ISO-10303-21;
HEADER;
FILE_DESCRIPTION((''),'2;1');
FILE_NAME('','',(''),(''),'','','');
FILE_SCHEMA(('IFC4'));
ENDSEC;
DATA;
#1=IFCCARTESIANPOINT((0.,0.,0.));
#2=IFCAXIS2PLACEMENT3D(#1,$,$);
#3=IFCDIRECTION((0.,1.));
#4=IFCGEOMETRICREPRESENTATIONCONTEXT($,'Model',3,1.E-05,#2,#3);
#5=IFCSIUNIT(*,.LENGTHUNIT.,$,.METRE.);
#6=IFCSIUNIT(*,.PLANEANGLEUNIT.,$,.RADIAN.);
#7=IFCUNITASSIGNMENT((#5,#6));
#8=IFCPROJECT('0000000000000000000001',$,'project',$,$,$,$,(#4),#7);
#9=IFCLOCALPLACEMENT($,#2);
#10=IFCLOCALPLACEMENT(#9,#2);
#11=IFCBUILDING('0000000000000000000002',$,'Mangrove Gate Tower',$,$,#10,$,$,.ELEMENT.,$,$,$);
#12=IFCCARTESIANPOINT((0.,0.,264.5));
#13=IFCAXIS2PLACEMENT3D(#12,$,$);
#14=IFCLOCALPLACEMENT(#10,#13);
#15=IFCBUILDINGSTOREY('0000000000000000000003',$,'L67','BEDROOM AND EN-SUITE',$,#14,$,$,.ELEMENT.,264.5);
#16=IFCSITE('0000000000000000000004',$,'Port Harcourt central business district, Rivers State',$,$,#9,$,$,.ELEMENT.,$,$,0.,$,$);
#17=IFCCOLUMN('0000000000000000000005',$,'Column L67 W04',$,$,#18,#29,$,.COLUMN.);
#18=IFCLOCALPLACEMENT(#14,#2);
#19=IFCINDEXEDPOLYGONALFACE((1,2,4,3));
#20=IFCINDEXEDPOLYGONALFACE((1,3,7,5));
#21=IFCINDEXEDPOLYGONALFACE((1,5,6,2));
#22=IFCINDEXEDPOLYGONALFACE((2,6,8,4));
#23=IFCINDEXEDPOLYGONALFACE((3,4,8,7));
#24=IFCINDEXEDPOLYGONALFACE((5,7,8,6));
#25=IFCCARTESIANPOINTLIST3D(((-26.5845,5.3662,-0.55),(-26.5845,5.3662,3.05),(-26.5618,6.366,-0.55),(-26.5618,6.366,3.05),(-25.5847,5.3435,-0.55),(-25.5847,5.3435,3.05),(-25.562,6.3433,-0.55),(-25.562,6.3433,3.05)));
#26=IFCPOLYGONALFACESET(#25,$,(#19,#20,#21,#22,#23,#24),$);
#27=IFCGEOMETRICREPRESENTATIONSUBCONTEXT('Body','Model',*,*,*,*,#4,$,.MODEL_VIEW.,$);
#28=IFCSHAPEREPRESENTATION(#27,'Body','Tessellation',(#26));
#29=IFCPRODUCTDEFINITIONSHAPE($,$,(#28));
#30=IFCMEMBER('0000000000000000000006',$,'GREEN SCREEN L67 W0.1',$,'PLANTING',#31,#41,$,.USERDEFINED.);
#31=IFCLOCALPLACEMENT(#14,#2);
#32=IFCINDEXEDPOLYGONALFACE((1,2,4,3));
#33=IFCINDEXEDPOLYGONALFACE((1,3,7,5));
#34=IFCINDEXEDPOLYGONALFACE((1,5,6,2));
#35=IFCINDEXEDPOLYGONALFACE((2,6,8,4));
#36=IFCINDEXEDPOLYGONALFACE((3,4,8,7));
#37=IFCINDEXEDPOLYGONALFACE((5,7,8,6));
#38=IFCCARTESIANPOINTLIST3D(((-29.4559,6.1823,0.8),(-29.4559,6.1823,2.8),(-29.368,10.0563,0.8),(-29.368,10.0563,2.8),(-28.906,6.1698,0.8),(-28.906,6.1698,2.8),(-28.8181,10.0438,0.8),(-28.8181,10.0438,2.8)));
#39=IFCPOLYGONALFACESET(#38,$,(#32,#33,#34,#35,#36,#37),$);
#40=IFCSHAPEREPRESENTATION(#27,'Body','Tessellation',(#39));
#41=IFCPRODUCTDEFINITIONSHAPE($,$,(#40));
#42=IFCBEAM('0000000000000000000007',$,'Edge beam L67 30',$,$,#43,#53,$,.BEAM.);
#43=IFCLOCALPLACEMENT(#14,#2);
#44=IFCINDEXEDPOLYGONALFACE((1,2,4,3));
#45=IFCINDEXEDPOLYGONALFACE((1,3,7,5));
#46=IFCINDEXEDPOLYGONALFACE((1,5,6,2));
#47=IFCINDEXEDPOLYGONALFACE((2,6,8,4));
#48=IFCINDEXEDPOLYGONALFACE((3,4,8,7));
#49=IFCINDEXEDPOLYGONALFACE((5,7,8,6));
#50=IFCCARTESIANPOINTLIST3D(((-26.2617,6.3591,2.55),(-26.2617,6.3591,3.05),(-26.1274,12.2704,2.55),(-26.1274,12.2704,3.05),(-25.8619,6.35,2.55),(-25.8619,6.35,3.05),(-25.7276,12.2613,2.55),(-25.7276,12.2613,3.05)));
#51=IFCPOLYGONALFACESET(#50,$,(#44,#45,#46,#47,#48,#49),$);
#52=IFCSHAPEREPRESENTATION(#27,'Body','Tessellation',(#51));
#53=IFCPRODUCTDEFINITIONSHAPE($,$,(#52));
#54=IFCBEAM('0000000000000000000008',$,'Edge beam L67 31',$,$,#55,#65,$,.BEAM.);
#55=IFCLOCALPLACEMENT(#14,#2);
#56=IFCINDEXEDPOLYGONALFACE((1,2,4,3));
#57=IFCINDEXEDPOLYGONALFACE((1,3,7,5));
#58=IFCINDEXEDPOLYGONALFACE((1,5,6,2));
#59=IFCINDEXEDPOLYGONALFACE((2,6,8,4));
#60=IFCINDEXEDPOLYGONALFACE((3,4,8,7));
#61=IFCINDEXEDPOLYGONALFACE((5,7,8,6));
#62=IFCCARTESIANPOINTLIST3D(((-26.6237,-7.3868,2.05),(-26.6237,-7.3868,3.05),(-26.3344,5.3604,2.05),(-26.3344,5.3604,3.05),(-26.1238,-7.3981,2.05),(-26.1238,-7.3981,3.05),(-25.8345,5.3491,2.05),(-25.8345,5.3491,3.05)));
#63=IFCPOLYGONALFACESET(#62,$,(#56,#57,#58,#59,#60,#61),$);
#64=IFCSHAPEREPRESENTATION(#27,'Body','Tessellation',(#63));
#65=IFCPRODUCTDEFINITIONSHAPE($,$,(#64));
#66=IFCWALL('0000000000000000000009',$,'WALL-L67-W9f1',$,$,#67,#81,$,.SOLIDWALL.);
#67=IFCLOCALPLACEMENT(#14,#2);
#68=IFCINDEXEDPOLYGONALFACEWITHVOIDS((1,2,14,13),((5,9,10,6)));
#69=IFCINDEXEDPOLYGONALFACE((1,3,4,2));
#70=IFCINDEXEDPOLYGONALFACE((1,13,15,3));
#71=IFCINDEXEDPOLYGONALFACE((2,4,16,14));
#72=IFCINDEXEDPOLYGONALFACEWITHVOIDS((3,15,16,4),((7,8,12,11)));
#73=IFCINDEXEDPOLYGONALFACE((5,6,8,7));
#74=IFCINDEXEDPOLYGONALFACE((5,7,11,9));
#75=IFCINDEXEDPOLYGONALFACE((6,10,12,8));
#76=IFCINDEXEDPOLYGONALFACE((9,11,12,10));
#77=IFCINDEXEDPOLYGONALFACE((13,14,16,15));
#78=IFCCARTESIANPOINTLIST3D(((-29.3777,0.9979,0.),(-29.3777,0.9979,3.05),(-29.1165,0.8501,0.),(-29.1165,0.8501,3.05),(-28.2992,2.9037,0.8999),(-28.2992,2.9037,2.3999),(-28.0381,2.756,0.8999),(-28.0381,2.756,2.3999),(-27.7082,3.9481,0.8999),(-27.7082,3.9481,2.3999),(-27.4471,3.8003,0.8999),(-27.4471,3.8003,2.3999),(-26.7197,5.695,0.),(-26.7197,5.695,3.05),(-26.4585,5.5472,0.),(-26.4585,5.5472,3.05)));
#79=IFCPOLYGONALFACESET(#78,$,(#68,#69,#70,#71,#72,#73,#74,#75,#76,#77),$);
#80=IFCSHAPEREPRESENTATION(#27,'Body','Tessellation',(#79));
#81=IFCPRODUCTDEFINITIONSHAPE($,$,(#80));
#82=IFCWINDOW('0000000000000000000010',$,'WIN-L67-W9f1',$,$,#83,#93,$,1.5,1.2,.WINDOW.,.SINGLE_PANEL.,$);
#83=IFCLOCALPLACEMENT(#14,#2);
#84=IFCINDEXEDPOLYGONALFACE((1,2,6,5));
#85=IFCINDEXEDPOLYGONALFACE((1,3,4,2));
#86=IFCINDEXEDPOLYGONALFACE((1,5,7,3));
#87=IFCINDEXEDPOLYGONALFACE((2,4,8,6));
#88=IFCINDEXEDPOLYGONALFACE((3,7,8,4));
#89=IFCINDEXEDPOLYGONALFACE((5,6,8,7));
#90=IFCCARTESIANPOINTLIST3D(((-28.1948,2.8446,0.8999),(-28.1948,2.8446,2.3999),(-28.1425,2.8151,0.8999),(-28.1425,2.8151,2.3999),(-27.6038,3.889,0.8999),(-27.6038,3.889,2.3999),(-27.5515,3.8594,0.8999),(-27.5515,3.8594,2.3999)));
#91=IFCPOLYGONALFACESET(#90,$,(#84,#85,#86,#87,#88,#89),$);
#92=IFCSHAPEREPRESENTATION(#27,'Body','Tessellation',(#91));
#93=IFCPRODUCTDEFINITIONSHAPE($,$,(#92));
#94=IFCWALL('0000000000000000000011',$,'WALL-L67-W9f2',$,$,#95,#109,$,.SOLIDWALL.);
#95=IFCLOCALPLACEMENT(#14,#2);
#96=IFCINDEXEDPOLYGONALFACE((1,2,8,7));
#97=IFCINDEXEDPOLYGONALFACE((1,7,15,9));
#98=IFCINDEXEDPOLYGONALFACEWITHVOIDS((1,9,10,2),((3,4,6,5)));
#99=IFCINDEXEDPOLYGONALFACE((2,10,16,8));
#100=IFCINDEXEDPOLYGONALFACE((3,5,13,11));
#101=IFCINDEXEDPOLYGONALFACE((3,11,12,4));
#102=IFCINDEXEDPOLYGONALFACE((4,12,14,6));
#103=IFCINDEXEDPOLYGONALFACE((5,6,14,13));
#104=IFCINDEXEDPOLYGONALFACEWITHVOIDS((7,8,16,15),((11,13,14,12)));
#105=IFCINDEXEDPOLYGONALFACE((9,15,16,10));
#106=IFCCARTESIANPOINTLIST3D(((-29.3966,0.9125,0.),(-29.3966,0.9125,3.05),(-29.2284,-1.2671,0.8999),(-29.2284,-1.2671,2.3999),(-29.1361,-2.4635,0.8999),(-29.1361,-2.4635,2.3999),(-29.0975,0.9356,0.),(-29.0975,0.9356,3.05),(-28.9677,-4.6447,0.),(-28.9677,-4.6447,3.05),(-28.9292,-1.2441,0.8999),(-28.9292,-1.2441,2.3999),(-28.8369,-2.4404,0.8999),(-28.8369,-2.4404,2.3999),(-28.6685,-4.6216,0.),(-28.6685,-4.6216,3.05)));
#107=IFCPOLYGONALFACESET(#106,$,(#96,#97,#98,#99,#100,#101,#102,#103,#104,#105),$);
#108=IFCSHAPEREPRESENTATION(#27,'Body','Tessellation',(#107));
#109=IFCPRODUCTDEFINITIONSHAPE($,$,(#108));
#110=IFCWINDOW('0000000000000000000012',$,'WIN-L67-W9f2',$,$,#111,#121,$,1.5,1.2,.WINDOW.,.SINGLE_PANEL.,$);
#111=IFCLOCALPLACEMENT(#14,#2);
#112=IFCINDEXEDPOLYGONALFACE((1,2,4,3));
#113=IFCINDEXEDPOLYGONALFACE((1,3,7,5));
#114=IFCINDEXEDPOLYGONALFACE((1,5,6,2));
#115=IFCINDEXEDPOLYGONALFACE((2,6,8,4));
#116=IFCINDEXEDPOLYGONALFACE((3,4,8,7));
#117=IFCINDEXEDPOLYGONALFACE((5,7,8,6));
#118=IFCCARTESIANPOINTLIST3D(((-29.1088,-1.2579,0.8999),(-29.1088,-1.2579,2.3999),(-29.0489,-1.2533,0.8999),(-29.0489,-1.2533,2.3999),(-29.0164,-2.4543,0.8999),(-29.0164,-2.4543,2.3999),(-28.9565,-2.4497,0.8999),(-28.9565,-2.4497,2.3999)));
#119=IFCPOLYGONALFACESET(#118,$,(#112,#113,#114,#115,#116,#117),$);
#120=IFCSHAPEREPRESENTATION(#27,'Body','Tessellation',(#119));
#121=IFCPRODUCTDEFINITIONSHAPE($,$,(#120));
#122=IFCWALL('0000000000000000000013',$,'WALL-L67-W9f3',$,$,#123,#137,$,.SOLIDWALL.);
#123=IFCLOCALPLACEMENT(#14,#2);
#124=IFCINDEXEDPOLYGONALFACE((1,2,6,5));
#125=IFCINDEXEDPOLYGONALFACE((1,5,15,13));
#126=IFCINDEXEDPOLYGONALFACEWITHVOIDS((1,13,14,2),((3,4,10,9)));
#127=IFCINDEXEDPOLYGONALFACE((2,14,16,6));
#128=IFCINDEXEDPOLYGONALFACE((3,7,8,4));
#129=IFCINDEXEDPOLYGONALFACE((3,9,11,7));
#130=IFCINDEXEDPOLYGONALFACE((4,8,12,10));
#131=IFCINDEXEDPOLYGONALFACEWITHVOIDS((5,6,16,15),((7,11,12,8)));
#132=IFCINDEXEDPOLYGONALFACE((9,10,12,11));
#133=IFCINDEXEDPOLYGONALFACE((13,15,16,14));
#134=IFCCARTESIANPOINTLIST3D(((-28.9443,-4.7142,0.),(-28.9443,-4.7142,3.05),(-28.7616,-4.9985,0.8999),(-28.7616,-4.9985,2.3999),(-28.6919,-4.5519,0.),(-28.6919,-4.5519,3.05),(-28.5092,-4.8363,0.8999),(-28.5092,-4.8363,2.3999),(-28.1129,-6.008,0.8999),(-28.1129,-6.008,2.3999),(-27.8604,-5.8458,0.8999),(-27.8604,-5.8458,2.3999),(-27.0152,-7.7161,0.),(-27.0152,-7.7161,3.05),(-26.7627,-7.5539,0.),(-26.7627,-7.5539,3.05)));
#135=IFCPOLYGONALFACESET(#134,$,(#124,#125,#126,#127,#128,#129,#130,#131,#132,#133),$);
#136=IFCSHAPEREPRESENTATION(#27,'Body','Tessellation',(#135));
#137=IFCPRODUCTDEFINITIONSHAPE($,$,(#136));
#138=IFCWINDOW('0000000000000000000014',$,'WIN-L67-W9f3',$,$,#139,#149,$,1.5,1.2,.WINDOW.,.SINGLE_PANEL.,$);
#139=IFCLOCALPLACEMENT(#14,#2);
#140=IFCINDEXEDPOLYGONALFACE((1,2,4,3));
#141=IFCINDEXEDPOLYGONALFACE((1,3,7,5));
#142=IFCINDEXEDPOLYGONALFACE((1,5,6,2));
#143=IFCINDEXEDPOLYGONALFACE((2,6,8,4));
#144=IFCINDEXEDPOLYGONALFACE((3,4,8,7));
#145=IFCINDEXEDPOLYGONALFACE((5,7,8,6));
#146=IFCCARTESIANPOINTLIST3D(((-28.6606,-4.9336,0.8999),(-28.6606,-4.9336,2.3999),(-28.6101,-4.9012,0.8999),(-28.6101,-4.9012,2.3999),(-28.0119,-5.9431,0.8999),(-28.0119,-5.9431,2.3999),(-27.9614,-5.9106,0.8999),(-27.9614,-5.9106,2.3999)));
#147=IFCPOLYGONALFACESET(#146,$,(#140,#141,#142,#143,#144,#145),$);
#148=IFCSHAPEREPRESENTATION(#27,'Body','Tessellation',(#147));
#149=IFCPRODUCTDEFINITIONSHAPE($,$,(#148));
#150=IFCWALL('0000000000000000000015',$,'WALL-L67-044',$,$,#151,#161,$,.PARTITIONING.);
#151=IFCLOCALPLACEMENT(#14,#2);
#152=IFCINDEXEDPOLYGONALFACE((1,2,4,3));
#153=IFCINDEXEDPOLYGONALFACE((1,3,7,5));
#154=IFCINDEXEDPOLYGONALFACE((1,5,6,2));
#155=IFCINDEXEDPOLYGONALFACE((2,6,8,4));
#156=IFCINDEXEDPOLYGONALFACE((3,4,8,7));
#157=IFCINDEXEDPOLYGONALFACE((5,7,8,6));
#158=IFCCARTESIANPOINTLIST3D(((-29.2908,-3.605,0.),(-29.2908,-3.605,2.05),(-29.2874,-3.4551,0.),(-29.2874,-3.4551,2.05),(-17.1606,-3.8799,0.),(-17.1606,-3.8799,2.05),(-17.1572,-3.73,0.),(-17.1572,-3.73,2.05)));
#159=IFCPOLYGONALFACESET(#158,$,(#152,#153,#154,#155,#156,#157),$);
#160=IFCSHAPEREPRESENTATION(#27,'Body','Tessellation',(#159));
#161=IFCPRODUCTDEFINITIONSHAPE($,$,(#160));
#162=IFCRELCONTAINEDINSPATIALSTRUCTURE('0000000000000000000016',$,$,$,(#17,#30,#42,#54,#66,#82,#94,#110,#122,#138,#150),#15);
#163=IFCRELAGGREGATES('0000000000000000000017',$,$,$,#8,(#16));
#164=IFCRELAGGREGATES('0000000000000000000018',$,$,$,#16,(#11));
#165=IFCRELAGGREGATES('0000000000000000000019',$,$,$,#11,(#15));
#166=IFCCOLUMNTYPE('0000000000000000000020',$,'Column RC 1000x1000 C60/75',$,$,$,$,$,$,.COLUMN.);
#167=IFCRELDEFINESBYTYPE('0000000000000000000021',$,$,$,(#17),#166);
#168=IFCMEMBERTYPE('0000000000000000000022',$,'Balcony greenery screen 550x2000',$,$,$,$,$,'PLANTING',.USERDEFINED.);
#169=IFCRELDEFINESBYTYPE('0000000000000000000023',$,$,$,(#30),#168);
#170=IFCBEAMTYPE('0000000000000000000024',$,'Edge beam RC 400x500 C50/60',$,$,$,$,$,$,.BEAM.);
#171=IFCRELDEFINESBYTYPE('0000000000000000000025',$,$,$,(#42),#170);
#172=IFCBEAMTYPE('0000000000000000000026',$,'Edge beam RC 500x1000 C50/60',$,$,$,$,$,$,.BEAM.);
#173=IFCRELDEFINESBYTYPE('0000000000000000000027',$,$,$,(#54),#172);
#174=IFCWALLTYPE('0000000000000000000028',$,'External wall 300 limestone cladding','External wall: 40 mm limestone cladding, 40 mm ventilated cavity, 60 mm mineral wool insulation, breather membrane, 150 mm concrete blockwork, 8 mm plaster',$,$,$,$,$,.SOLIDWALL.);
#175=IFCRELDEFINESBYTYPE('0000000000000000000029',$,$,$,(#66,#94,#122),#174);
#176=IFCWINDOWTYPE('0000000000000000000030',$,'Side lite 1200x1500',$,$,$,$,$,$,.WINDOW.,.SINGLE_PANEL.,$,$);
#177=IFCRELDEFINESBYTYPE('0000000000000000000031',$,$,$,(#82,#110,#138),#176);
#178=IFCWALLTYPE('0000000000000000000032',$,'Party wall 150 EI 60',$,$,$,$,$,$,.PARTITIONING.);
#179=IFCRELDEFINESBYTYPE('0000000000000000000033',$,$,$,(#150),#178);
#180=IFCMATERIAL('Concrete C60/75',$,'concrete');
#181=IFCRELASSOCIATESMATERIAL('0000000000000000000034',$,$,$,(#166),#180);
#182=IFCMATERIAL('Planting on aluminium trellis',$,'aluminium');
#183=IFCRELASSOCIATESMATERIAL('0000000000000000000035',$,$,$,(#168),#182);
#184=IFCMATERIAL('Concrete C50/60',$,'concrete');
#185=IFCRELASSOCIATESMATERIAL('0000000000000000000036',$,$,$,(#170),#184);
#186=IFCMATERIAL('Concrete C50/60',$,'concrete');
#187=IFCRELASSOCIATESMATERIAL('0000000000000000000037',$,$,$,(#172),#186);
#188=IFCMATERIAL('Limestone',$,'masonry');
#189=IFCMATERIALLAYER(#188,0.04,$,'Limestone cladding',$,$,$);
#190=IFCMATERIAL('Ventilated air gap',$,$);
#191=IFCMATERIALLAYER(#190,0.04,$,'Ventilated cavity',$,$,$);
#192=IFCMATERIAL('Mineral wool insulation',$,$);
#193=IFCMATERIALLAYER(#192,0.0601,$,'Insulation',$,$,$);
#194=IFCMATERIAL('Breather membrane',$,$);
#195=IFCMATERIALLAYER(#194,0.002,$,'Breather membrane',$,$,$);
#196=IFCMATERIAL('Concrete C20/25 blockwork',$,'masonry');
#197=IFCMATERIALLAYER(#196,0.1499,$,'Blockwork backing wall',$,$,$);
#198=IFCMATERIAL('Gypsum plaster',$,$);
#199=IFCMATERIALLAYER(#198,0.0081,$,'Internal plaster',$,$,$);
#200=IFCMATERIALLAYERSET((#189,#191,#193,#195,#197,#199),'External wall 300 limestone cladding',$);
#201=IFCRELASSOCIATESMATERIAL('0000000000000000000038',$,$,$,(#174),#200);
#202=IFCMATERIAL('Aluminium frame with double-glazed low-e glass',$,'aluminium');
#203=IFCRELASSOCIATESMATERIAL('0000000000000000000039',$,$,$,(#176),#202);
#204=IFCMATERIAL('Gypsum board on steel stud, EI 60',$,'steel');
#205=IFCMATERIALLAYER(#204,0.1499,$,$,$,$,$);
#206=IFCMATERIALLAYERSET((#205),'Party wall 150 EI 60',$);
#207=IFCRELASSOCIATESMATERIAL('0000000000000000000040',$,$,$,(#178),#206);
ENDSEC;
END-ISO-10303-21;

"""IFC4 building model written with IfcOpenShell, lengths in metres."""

from ifc_helpers import new_model, si_unit, direction, frame, frame_2d, origin, origin_2d, place, context, subcontext, project, spatial, rectangle, extrude, material, layer, layer_set, material_profile, profile_set, type_object, element, fill, save


model = new_model("IFC4")

# Units and contexts
model_context = context("Model", 3, precision=1e-05, world=origin(), true_north=direction((0.0, 1.0)))
body_context = subcontext(model_context, "Body", "Model", "MODEL_VIEW")
ifc_project = project(units=[si_unit("LENGTHUNIT", "METRE"), si_unit("PLANEANGLEUNIT", "RADIAN")], contexts=[model_context])

# Site, building, storey
site_placement = place(None, origin())
site = spatial("IfcSite", under=ifc_project, at=site_placement, Name="Port Harcourt central business district, Rivers State", CompositionType="ELEMENT", RefElevation=0.0)
building_placement = place(site_placement, origin())
building = spatial("IfcBuilding", under=site, at=building_placement, Name="Mangrove Gate Tower", CompositionType="ELEMENT")
storey_placement = place(building_placement, frame((0.0, 0.0, 264.5)))
storey = spatial("IfcBuildingStorey", under=building, at=storey_placement, Name="L67", Description="BEDROOM AND EN-SUITE", CompositionType="ELEMENT", Elevation=264.5)

# Column
ifc_material_1 = material(Name="Concrete C60/75", Category="concrete")
ifc_material_profile_1 = material_profile(ifc_material_1, rectangle(XDim=1.0, YDim=1.0, at=origin_2d()))
ifc_profile_set_1 = profile_set([ifc_material_profile_1], Name="Concrete C60/75")
column_type = type_object("IfcColumnType", Name="Column RC 1000x1000 C60/75", PredefinedType="COLUMN", material=ifc_profile_set_1)
column_placement = place(storey_placement, frame((-26.0732, 5.8547, -0.55), z_axis=(0.0, 0.0, 1.0), x_axis=(-0.022697, -0.999742, 0.0)))
element("IfcColumn", 1, at=column_placement, inside=storey, type_object=column_type, Name="Column L67 W04", PredefinedType="COLUMN", context=body_context, shape_type="SweptSolid", body=[
    extrude(rectangle(XDim=1.0, YDim=1.0, at=origin_2d()), origin(), (0.0, 0.0, 1.0), 3.6001),
])

# Member
ifc_material_2 = material(Name="Planting on aluminium trellis", Category="aluminium")
ifc_material_profile_2 = material_profile(ifc_material_2, rectangle(XDim=0.55, YDim=2.0, at=origin_2d()))
ifc_profile_set_2 = profile_set([ifc_material_profile_2], Name="Planting on aluminium trellis")
member_type = type_object("IfcMemberType", Name="Balcony greenery screen 550x2000", ElementType="PLANTING", PredefinedType="USERDEFINED", material=ifc_profile_set_2)
member_placement = place(storey_placement, frame((-29.1809, 6.176, 1.8), z_axis=(0.022681, 0.999743, 0.0), x_axis=(-0.999743, 0.022681, 0.0)))
element("IfcMember", 2, at=member_placement, inside=storey, type_object=member_type, Name="GREEN SCREEN L67 W0.1", ObjectType="PLANTING", PredefinedType="USERDEFINED", context=body_context, shape_type="SweptSolid", body=[
    extrude(rectangle(XDim=0.55, YDim=2.0, at=origin_2d()), origin(), (0.0, 0.0, 1.0), 3.875),
])

# Beams
ifc_material_3 = material(Name="Concrete C50/60", Category="concrete")
ifc_material_profile_3 = material_profile(ifc_material_3, rectangle(XDim=0.3999, YDim=0.5, at=origin_2d()))
ifc_profile_set_3 = profile_set([ifc_material_profile_3], Name="Concrete C50/60")
beam_type_1 = type_object("IfcBeamType", Name="Edge beam RC 400x500 C50/60", PredefinedType="BEAM", material=ifc_profile_set_3)
beam_1_placement = place(storey_placement, frame((-25.9275, 12.2659, 2.8), z_axis=(-0.022709, -0.999742, 0.0), x_axis=(0.999742, -0.022709, 0.0)))
element("IfcBeam", 3, at=beam_1_placement, inside=storey, type_object=beam_type_1, Name="Edge beam L67 30", PredefinedType="BEAM", context=body_context, shape_type="SweptSolid", body=[
    extrude(rectangle(XDim=0.3999, YDim=0.5, at=origin_2d()), origin(), (0.0, 0.0, 1.0), 5.9128),
])
ifc_material_4 = material(Name="Concrete C50/60", Category="concrete")
ifc_material_profile_4 = material_profile(ifc_material_4, rectangle(XDim=0.5, YDim=1.0, at=origin_2d()))
ifc_profile_set_4 = profile_set([ifc_material_profile_4], Name="Concrete C50/60")
beam_type_2 = type_object("IfcBeamType", Name="Edge beam RC 500x1000 C50/60", PredefinedType="BEAM", material=ifc_profile_set_4)
beam_2_placement = place(storey_placement, frame((-26.0845, 5.3547, 2.55), z_axis=(-0.02269, -0.999743, 0.0), x_axis=(0.999743, -0.02269, 0.0)))
element("IfcBeam", 4, at=beam_2_placement, inside=storey, type_object=beam_type_2, Name="Edge beam L67 31", PredefinedType="BEAM", context=body_context, shape_type="SweptSolid", body=[
    extrude(rectangle(XDim=0.5, YDim=1.0, at=origin_2d()), origin(), (0.0, 0.0, 1.0), 12.7505),
])

# Walls, openings, windows
ifc_material_5 = material(Name="Limestone", Category="masonry")
ifc_layer_1 = layer(ifc_material_5, 0.04, Name="Limestone cladding")
ifc_material_6 = material(Name="Ventilated air gap")
ifc_layer_2 = layer(ifc_material_6, 0.04, Name="Ventilated cavity")
ifc_material_7 = material(Name="Mineral wool insulation")
ifc_layer_3 = layer(ifc_material_7, 0.0601, Name="Insulation")
ifc_material_8 = material(Name="Breather membrane")
ifc_layer_4 = layer(ifc_material_8, 0.002, Name="Breather membrane")
ifc_material_9 = material(Name="Concrete C20/25 blockwork", Category="masonry")
ifc_layer_5 = layer(ifc_material_9, 0.1499, Name="Blockwork backing wall")
ifc_material_10 = material(Name="Gypsum plaster")
ifc_layer_6 = layer(ifc_material_10, 0.0081, Name="Internal plaster")
ifc_layer_set_1 = layer_set([ifc_layer_1, ifc_layer_2, ifc_layer_3, ifc_layer_4, ifc_layer_5, ifc_layer_6], Name="External wall 300 limestone cladding")
wall_type_1 = type_object("IfcWallType", Name="External wall 300 limestone cladding", Description="External wall: 40 mm limestone cladding, 40 mm ventilated cavity, 60 mm mineral wool insulation, breather membrane, 150 mm concrete blockwork, 8 mm plaster", PredefinedType="SOLIDWALL", material=ifc_layer_set_1)
wall_1_placement = place(storey_placement, frame((-26.5891, 5.6211, 0.0), z_axis=(0.0, 0.0, 1.0), x_axis=(-0.492495, -0.870315, 0.0)))
wall_1 = element("IfcWall", 5, at=wall_1_placement, inside=storey, type_object=wall_type_1, Name="WALL-L67-W9f1", PredefinedType="SOLIDWALL", context=body_context, shape_type="SweptSolid", body=[
    extrude(rectangle(XDim=5.397, YDim=0.3, at=frame_2d((2.6985, 0.0))), origin(), (0.0, 0.0, 1.0), 3.05),
])
opening_1_placement = place(wall_1_placement, frame((2.0071, 0.0, 0.8999)))
opening_1 = element("IfcOpeningElement", 6, at=opening_1_placement, cuts=wall_1, PredefinedType="OPENING", context=body_context, shape_type="SweptSolid", body=[
    extrude(rectangle(XDim=1.2, YDim=1.5, at=frame_2d((0.6001, 0.75))), frame((0.0, 0.1599, 0.0), z_axis=(0.0, -1.0, 0.0), x_axis=(1.0, 0.0, 0.0)), (0.0, 0.0, 1.0), 0.3201),
])
ifc_material_11 = material(Name="Aluminium frame with double-glazed low-e glass", Category="aluminium")
window_type = type_object("IfcWindowType", Name="Side lite 1200x1500", PartitioningType="SINGLE_PANEL", PredefinedType="WINDOW", material=ifc_material_11)
window_1_placement = place(opening_1_placement, origin())
window_1 = element("IfcWindow", 7, at=window_1_placement, inside=storey, type_object=window_type, Name="WIN-L67-W9f1", OverallHeight=1.5, OverallWidth=1.2, PartitioningType="SINGLE_PANEL", PredefinedType="WINDOW", context=body_context, shape_type="SweptSolid", body=[
    extrude(rectangle(XDim=1.2, YDim=1.5, at=frame_2d((0.6001, 0.75))), frame((0.0, 0.03, 0.0), z_axis=(0.0, -1.0, 0.0), x_axis=(1.0, 0.0, 0.0)), (0.0, 0.0, 1.0), 0.0601),
])
fill(opening_1, window_1)
wall_2_placement = place(storey_placement, frame((-29.2471, 0.9241, 0.0), z_axis=(0.0, 0.0, 1.0), x_axis=(0.076961, -0.997034, 0.0)))
wall_2 = element("IfcWall", 8, at=wall_2_placement, inside=storey, type_object=wall_type_1, Name="WALL-L67-W9f2", PredefinedType="SOLIDWALL", context=body_context, shape_type="SweptSolid", body=[
    extrude(rectangle(XDim=5.5737, YDim=0.3, at=frame_2d((2.7869, 0.0))), origin(), (0.0, 0.0, 1.0), 3.05),
])
opening_2_placement = place(wall_2_placement, frame((2.186, 0.0, 0.8999)))
opening_2 = element("IfcOpeningElement", 9, at=opening_2_placement, cuts=wall_2, PredefinedType="OPENING", context=body_context, shape_type="SweptSolid", body=[
    extrude(rectangle(XDim=1.2, YDim=1.5, at=frame_2d((0.6001, 0.75))), frame((0.0, 0.1599, 0.0), z_axis=(0.0, -1.0, 0.0), x_axis=(1.0, 0.0, 0.0)), (0.0, 0.0, 1.0), 0.3201),
])
window_2_placement = place(opening_2_placement, origin())
window_2 = element("IfcWindow", 10, at=window_2_placement, inside=storey, type_object=window_type, Name="WIN-L67-W9f2", OverallHeight=1.5, OverallWidth=1.2, PartitioningType="SINGLE_PANEL", PredefinedType="WINDOW", context=body_context, shape_type="SweptSolid", body=[
    extrude(rectangle(XDim=1.2, YDim=1.5, at=frame_2d((0.6001, 0.75))), frame((0.0, 0.03, 0.0), z_axis=(0.0, -1.0, 0.0), x_axis=(1.0, 0.0, 0.0)), (0.0, 0.0, 1.0), 0.0601),
])
fill(opening_2, window_2)
wall_3_placement = place(storey_placement, frame((-28.8181, -4.6331, 0.0), z_axis=(0.0, 0.0, 1.0), x_axis=(0.540633, -0.841258, 0.0)))
wall_3 = element("IfcWall", 11, at=wall_3_placement, inside=storey, type_object=wall_type_1, Name="WALL-L67-W9f3", PredefinedType="SOLIDWALL", context=body_context, shape_type="SweptSolid", body=[
    extrude(rectangle(XDim=3.5684, YDim=0.3, at=frame_2d((1.7842, 0.0))), origin(), (0.0, 0.0, 1.0), 3.05),
])
opening_3_placement = place(wall_3_placement, frame((0.3379, 0.0, 0.8999)))
opening_3 = element("IfcOpeningElement", 12, at=opening_3_placement, cuts=wall_3, PredefinedType="OPENING", context=body_context, shape_type="SweptSolid", body=[
    extrude(rectangle(XDim=1.2, YDim=1.5, at=frame_2d((0.6001, 0.75))), frame((0.0, 0.1599, 0.0), z_axis=(0.0, -1.0, 0.0), x_axis=(1.0, 0.0, 0.0)), (0.0, 0.0, 1.0), 0.3201),
])
window_3_placement = place(opening_3_placement, origin())
window_3 = element("IfcWindow", 13, at=window_3_placement, inside=storey, type_object=window_type, Name="WIN-L67-W9f3", OverallHeight=1.5, OverallWidth=1.2, PartitioningType="SINGLE_PANEL", PredefinedType="WINDOW", context=body_context, shape_type="SweptSolid", body=[
    extrude(rectangle(XDim=1.2, YDim=1.5, at=frame_2d((0.6001, 0.75))), frame((0.0, 0.03, 0.0), z_axis=(0.0, -1.0, 0.0), x_axis=(1.0, 0.0, 0.0)), (0.0, 0.0, 1.0), 0.0601),
])
fill(opening_3, window_3)

# Wall
ifc_material_12 = material(Name="Gypsum board on steel stud, EI 60", Category="steel")
ifc_layer_7 = layer(ifc_material_12, 0.1499)
ifc_layer_set_2 = layer_set([ifc_layer_7], Name="Party wall 150 EI 60")
wall_type_2 = type_object("IfcWallType", Name="Party wall 150 EI 60", PredefinedType="PARTITIONING", material=ifc_layer_set_2)
wall_4_placement = place(storey_placement, frame((-29.2891, -3.53, 0.0), z_axis=(0.0, 0.0, 1.0), x_axis=(0.999743, -0.022657, 0.0)))
element("IfcWall", 14, at=wall_4_placement, inside=storey, type_object=wall_type_2, Name="WALL-L67-044", PredefinedType="PARTITIONING", context=body_context, shape_type="SweptSolid", body=[
    extrude(rectangle(XDim=12.1333, YDim=0.1499, at=frame_2d((6.0667, 0.0))), origin(), (0.0, 0.0, 1.0), 2.05),
])

save(model, "model.ifc")
